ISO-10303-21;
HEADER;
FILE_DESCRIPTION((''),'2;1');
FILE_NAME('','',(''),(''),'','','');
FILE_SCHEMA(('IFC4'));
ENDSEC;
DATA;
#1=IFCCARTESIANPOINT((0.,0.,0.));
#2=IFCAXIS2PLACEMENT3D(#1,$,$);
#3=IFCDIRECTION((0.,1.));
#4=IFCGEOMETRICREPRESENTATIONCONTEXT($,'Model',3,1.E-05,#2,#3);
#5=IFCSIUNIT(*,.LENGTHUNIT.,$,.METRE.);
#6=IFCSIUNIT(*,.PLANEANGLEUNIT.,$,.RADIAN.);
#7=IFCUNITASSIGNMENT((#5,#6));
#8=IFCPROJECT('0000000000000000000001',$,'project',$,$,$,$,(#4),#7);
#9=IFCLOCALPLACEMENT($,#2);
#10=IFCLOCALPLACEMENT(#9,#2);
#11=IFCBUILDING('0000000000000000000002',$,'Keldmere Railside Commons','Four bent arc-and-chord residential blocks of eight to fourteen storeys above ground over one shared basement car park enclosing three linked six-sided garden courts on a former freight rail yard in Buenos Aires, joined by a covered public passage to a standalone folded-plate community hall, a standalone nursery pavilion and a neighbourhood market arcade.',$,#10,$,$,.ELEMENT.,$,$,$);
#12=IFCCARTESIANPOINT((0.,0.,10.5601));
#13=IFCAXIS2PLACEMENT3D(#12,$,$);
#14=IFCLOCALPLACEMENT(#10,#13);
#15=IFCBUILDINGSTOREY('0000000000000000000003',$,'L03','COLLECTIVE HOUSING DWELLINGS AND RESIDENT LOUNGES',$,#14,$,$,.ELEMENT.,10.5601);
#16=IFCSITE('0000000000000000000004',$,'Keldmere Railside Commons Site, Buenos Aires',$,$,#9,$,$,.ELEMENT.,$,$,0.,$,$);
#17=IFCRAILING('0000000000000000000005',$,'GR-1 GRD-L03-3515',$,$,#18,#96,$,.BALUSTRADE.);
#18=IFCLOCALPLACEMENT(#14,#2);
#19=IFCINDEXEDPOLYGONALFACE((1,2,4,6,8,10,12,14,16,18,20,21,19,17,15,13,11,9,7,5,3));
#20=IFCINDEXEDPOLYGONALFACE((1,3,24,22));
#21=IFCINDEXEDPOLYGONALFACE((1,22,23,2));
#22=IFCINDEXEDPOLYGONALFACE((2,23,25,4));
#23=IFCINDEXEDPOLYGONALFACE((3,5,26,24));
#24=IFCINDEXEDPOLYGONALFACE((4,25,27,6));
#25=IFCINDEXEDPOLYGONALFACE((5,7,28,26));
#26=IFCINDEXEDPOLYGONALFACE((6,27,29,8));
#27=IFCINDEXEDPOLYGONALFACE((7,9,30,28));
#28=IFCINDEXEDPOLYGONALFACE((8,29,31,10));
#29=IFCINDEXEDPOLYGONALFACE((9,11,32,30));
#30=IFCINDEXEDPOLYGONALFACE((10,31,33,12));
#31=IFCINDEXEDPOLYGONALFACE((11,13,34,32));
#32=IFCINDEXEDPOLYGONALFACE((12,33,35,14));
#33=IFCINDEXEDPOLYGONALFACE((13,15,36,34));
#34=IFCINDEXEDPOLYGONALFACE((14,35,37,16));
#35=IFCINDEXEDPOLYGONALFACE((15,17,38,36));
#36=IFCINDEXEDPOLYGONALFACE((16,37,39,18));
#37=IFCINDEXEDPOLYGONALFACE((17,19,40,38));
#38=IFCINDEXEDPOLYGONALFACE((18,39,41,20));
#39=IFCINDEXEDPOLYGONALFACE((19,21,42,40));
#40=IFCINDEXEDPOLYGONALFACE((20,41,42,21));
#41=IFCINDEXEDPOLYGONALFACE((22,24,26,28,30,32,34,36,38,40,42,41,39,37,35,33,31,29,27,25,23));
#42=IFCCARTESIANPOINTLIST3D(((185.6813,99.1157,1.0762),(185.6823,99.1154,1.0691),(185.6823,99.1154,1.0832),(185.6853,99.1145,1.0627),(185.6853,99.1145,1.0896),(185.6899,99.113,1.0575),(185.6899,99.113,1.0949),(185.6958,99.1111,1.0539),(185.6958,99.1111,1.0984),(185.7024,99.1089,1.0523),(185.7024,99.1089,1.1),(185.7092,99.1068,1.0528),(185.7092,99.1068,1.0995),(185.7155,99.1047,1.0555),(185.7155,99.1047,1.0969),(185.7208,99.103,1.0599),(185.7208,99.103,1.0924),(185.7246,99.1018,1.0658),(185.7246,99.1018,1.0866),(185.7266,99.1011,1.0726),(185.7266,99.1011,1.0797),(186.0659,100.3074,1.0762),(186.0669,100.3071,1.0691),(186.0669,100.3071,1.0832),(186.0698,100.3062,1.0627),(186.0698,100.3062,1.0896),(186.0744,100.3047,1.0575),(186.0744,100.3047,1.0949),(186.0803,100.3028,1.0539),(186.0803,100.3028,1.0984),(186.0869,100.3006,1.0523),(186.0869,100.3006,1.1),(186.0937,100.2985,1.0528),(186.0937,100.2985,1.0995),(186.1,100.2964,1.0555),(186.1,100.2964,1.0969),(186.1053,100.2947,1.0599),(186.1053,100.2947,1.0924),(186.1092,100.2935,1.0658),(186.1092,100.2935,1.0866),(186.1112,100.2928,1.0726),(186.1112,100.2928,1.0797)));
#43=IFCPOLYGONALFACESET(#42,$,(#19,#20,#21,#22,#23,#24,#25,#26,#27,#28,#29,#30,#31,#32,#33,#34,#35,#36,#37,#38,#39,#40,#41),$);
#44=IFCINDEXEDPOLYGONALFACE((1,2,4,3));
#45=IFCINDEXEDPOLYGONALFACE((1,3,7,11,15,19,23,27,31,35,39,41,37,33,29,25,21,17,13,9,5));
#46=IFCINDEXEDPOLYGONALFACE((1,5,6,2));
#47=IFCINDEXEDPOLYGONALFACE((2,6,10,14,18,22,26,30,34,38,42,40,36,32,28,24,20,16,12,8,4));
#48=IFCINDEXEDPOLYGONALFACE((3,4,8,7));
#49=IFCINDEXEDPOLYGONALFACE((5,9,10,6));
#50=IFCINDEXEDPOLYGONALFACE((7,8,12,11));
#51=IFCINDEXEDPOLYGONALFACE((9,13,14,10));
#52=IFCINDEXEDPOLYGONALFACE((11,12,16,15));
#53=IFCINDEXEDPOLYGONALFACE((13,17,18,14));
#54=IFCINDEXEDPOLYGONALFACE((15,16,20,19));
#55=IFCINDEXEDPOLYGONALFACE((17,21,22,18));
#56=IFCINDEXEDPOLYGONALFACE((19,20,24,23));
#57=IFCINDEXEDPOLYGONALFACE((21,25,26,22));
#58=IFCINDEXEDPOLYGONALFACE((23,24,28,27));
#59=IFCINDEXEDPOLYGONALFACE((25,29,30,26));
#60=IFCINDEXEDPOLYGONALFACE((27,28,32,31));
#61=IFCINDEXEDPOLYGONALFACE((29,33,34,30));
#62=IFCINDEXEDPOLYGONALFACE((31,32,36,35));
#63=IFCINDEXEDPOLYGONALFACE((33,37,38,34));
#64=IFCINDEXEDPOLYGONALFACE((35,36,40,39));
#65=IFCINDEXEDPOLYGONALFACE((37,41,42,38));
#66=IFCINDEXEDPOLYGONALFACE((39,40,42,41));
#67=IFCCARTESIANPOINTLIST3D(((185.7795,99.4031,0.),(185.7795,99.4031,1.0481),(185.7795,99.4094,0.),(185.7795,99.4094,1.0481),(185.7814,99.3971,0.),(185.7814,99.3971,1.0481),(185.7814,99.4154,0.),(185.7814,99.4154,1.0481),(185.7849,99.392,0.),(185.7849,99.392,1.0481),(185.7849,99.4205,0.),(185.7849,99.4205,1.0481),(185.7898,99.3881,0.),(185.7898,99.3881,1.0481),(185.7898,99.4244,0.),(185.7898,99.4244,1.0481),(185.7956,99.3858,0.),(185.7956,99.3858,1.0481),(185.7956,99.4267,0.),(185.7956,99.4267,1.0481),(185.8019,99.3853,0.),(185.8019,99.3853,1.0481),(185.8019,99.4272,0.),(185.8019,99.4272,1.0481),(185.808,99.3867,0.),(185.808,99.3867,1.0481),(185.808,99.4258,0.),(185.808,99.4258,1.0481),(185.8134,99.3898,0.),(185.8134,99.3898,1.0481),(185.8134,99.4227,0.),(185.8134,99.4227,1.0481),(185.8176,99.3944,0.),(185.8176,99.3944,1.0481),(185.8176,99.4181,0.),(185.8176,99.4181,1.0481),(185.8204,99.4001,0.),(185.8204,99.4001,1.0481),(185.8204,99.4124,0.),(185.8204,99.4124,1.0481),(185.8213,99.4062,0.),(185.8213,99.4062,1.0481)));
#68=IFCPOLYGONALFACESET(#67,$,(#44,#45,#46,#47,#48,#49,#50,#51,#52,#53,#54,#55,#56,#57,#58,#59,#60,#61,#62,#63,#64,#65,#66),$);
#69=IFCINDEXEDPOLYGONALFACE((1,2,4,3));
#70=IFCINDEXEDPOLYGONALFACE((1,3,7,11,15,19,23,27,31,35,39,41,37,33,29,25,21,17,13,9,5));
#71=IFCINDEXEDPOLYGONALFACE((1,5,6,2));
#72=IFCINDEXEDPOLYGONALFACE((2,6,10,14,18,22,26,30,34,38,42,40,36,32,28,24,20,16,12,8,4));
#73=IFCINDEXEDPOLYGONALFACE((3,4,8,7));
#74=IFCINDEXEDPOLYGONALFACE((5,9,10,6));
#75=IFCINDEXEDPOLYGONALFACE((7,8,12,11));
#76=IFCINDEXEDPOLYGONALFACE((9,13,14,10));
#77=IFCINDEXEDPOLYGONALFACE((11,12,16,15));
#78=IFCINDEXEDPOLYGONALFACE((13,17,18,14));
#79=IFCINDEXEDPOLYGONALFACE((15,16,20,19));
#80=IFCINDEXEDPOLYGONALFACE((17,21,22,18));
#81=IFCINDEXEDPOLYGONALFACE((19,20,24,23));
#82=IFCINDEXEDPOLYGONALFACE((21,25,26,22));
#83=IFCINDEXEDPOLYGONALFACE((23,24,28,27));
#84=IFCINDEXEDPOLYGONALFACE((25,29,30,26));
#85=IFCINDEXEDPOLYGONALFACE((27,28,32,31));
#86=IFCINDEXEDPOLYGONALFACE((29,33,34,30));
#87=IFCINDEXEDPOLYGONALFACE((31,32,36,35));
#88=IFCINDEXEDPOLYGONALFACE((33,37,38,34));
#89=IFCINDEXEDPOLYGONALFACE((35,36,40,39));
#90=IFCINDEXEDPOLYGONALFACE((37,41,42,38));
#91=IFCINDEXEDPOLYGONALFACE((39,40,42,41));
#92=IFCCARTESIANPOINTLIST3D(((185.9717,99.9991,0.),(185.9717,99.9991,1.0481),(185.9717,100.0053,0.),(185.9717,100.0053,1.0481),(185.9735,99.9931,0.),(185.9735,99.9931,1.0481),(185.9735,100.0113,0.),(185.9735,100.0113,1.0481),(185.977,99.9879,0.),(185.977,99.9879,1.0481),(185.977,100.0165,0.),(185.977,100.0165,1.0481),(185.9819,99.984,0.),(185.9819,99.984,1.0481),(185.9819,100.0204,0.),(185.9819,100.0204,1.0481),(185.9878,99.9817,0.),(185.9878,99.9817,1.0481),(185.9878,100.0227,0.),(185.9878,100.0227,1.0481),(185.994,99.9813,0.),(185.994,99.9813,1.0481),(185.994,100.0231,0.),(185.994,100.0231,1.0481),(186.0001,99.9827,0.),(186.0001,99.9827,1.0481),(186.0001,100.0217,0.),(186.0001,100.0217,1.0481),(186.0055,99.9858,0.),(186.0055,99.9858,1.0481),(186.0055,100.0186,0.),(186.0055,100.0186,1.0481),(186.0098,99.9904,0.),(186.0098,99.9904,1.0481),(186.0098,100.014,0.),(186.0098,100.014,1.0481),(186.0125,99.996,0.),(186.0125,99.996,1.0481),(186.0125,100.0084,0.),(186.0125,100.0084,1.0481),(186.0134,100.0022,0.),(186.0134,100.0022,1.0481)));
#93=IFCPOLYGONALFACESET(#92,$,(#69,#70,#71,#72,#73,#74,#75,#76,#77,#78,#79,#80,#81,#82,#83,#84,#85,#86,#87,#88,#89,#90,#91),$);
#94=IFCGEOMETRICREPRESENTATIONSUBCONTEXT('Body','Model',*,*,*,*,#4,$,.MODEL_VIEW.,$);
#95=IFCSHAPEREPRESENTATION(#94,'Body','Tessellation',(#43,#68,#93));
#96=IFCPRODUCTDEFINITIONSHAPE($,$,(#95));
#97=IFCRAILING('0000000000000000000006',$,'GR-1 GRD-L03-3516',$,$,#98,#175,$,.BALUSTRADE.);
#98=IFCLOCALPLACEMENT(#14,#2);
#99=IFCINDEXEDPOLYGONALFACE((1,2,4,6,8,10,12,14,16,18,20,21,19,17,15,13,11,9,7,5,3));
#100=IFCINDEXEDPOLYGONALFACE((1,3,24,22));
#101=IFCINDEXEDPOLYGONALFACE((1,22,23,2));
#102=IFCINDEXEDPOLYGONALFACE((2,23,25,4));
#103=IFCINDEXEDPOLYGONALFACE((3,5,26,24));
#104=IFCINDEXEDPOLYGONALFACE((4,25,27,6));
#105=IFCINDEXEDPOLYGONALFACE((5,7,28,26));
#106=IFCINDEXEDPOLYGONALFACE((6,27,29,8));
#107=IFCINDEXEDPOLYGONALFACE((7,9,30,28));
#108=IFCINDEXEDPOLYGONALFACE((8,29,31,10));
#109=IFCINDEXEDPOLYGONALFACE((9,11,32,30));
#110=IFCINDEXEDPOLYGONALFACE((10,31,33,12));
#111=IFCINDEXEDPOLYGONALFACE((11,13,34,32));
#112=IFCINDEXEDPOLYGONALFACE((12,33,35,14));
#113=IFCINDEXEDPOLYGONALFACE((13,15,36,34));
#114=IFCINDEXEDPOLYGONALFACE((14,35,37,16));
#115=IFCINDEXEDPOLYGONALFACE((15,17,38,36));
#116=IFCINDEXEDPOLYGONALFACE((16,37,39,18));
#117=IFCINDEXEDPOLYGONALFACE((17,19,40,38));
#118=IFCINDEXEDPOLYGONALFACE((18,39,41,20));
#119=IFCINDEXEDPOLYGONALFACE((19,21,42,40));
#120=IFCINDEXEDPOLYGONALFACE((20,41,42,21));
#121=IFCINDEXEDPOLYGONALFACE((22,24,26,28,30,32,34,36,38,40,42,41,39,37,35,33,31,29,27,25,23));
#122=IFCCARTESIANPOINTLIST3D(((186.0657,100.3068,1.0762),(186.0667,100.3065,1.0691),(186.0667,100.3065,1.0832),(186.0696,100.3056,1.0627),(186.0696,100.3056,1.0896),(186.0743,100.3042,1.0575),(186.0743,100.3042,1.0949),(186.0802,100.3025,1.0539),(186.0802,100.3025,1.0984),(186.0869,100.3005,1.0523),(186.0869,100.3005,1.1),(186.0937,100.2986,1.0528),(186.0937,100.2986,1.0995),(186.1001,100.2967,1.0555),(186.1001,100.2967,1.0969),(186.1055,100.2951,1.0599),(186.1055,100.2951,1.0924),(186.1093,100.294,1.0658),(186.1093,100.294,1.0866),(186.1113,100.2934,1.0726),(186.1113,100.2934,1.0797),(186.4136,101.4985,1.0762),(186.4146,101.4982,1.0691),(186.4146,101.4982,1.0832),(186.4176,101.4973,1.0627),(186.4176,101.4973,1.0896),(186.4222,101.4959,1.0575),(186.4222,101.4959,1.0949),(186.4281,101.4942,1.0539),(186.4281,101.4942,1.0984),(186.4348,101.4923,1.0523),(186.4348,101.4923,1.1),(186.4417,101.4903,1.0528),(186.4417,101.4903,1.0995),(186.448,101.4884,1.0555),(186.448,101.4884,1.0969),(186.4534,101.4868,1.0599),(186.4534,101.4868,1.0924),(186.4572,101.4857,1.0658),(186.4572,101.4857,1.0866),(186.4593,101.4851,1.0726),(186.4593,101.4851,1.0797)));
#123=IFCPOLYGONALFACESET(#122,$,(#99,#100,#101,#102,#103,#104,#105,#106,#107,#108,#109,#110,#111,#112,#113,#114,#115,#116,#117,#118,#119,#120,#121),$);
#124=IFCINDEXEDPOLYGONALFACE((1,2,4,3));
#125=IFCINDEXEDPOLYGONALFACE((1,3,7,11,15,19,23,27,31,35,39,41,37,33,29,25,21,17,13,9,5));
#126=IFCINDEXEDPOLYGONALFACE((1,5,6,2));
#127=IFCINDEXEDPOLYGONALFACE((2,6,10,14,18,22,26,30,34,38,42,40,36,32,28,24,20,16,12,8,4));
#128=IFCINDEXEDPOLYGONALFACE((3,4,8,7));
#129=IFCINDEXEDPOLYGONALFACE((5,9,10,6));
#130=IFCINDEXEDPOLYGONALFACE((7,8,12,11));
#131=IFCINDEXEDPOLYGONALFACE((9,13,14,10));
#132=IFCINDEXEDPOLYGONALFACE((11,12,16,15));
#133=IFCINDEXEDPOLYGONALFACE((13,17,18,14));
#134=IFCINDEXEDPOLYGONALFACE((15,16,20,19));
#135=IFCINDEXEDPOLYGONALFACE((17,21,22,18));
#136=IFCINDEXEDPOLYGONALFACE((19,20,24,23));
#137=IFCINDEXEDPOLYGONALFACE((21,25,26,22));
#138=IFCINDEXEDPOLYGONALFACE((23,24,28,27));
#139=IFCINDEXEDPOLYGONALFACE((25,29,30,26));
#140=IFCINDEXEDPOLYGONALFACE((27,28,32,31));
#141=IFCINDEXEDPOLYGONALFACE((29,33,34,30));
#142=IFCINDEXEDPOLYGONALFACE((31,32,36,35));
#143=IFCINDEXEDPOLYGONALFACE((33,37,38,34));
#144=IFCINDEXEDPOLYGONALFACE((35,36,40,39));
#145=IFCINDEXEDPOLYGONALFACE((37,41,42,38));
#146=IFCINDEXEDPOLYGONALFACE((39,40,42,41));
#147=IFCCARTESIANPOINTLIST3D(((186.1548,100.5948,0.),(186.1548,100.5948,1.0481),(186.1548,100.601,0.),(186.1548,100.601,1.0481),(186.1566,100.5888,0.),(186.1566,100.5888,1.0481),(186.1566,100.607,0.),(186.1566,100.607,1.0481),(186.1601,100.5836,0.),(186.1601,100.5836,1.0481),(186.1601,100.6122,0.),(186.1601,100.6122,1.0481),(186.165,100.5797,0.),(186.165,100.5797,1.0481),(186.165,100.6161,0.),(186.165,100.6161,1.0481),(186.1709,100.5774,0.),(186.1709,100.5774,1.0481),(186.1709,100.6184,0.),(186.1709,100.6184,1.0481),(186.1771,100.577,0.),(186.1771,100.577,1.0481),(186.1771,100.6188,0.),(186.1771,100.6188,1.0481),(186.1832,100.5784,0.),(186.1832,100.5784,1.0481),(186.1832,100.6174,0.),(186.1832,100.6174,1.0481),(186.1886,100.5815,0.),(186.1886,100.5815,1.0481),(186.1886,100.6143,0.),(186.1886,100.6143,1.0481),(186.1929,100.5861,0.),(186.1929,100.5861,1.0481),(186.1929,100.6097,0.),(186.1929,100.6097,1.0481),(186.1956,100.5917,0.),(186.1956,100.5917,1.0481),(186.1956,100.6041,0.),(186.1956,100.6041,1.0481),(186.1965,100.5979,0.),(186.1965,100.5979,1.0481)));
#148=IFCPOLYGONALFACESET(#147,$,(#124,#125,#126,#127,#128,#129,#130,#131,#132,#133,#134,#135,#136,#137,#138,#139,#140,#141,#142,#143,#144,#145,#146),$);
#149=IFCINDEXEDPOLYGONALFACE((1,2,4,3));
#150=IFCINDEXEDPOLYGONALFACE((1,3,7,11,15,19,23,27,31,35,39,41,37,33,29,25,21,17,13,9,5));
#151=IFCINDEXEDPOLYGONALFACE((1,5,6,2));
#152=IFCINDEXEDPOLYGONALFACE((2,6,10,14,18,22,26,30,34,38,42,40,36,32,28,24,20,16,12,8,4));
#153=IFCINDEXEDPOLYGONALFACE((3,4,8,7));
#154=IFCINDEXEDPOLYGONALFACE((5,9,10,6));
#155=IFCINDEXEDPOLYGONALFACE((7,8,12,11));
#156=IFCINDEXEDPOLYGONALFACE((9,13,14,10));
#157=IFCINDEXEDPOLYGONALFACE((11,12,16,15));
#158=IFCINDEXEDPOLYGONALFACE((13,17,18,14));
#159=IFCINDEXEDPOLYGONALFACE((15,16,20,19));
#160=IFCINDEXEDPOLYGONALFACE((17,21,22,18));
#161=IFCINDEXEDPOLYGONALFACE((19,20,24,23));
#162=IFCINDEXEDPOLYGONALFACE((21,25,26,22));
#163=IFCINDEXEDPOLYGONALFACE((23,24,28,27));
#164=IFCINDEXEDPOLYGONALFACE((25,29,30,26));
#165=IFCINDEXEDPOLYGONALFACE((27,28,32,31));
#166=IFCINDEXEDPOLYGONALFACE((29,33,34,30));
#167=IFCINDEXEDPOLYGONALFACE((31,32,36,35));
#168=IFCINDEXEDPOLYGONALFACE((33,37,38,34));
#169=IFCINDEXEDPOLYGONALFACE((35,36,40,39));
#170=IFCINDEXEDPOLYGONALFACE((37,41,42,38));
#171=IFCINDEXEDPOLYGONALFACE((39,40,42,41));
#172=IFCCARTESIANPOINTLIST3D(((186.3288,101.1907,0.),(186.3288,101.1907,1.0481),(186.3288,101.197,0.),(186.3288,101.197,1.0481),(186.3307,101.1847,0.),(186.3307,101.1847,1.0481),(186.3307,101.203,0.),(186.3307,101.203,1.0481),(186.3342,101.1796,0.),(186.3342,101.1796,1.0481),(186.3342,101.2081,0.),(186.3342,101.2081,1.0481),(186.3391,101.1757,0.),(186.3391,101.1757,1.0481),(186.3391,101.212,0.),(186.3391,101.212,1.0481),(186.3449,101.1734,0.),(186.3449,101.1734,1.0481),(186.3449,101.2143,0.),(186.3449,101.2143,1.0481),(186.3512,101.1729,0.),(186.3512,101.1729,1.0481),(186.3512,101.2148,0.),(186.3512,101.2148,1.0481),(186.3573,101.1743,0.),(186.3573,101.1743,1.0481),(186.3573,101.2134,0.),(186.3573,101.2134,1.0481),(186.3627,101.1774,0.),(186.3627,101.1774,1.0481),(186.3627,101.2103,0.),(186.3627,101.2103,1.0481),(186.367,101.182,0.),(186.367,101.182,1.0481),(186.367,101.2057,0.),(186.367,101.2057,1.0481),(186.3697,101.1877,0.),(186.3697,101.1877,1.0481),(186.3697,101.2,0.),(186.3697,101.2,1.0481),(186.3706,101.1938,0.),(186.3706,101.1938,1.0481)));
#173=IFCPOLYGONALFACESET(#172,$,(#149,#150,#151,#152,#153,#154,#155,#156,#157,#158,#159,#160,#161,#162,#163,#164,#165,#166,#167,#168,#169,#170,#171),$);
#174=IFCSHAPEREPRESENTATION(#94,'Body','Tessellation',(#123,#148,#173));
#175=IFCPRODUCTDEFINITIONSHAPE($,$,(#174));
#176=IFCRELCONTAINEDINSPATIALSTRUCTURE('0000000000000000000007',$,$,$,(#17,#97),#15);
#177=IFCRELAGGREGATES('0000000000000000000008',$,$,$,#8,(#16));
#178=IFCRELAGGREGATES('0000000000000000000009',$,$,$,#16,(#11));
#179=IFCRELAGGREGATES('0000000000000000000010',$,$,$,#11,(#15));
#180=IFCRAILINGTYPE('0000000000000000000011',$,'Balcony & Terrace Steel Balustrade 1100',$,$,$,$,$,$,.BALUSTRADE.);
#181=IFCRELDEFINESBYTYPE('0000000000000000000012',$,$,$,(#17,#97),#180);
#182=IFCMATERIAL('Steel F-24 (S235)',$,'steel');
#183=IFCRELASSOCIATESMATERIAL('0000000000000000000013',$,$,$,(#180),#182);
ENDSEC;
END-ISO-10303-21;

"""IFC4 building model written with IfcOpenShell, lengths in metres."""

from ifc_helpers import new_model, si_unit, direction, frame, origin, origin_2d, place, context, subcontext, project, spatial, circle, extrude, material, type_object, element, save


model = new_model("IFC4")

# Units and contexts
model_context = context("Model", 3, precision=1e-05, world=origin(), true_north=direction((0.0, 1.0)))
body_context = subcontext(model_context, "Body", "Model", "MODEL_VIEW")
ifc_project = project(units=[si_unit("LENGTHUNIT", "METRE"), si_unit("PLANEANGLEUNIT", "RADIAN")], contexts=[model_context])

# Site, building, storey
site_placement = place(None, origin())
site = spatial("IfcSite", under=ifc_project, at=site_placement, Name="Keldmere Railside Commons Site, Buenos Aires", CompositionType="ELEMENT", RefElevation=0.0)
building_placement = place(site_placement, origin())
building = spatial("IfcBuilding", under=site, at=building_placement, Name="Keldmere Railside Commons", Description="Four bent arc-and-chord residential blocks of eight to fourteen storeys above ground over one shared basement car park enclosing three linked six-sided garden courts on a former freight rail yard in Buenos Aires, joined by a covered public passage to a standalone folded-plate community hall, a standalone nursery pavilion and a neighbourhood market arcade.", CompositionType="ELEMENT")
storey_placement = place(building_placement, frame((0.0, 0.0, 10.5601)))
storey = spatial("IfcBuildingStorey", under=building, at=storey_placement, Name="L03", Description="COLLECTIVE HOUSING DWELLINGS AND RESIDENT LOUNGES", CompositionType="ELEMENT", Elevation=10.5601)

# Railings
ifc_material_1 = material(Name="Steel F-24 (S235)", Category="steel")
railing_type = type_object("IfcRailingType", Name="Balcony & Terrace Steel Balustrade 1100", PredefinedType="BALUSTRADE", material=ifc_material_1)
railing_1_placement = place(storey_placement, frame((185.7041, 99.1084, 0.0)))
element("IfcRailing", 1, at=railing_1_placement, inside=storey, type_object=railing_type, Name="GR-1 GRD-L03-3515", PredefinedType="BALUSTRADE", context=body_context, shape_type="SweptSolid", body=[
    extrude(circle(Radius=0.0239, at=origin_2d()), frame((0.0, 0.0, 1.0762), z_axis=(0.307088, 0.951681, 0.0), x_axis=(-0.951681, 0.307088, 0.0)), (0.0, 0.0, 1.0), 1.2522),
    extrude(circle(Radius=0.021, at=origin_2d()), frame((0.0962, 0.2979, 0.0)), (0.0, 0.0, 1.0), 1.0481),
    extrude(circle(Radius=0.021, at=origin_2d()), frame((0.2883, 0.8938, 0.0)), (0.0, 0.0, 1.0), 1.0481),
])
railing_2_placement = place(storey_placement, frame((186.0886, 100.3, 0.0)))
element("IfcRailing", 2, at=railing_2_placement, inside=storey, type_object=railing_type, Name="GR-1 GRD-L03-3516", PredefinedType="BALUSTRADE", context=body_context, shape_type="SweptSolid", body=[
    extrude(circle(Radius=0.0239, at=origin_2d()), frame((0.0, 0.0, 1.0762), z_axis=(0.280249, 0.959927, 0.0), x_axis=(-0.959927, 0.280249, 0.0)), (0.0, 0.0, 1.0), 1.2415),
    extrude(circle(Radius=0.021, at=origin_2d()), frame((0.0869, 0.2979, 0.0)), (0.0, 0.0, 1.0), 1.0481),
    extrude(circle(Radius=0.021, at=origin_2d()), frame((0.261, 0.8938, 0.0)), (0.0, 0.0, 1.0), 1.0481),
])

save(model, "model.ifc")
